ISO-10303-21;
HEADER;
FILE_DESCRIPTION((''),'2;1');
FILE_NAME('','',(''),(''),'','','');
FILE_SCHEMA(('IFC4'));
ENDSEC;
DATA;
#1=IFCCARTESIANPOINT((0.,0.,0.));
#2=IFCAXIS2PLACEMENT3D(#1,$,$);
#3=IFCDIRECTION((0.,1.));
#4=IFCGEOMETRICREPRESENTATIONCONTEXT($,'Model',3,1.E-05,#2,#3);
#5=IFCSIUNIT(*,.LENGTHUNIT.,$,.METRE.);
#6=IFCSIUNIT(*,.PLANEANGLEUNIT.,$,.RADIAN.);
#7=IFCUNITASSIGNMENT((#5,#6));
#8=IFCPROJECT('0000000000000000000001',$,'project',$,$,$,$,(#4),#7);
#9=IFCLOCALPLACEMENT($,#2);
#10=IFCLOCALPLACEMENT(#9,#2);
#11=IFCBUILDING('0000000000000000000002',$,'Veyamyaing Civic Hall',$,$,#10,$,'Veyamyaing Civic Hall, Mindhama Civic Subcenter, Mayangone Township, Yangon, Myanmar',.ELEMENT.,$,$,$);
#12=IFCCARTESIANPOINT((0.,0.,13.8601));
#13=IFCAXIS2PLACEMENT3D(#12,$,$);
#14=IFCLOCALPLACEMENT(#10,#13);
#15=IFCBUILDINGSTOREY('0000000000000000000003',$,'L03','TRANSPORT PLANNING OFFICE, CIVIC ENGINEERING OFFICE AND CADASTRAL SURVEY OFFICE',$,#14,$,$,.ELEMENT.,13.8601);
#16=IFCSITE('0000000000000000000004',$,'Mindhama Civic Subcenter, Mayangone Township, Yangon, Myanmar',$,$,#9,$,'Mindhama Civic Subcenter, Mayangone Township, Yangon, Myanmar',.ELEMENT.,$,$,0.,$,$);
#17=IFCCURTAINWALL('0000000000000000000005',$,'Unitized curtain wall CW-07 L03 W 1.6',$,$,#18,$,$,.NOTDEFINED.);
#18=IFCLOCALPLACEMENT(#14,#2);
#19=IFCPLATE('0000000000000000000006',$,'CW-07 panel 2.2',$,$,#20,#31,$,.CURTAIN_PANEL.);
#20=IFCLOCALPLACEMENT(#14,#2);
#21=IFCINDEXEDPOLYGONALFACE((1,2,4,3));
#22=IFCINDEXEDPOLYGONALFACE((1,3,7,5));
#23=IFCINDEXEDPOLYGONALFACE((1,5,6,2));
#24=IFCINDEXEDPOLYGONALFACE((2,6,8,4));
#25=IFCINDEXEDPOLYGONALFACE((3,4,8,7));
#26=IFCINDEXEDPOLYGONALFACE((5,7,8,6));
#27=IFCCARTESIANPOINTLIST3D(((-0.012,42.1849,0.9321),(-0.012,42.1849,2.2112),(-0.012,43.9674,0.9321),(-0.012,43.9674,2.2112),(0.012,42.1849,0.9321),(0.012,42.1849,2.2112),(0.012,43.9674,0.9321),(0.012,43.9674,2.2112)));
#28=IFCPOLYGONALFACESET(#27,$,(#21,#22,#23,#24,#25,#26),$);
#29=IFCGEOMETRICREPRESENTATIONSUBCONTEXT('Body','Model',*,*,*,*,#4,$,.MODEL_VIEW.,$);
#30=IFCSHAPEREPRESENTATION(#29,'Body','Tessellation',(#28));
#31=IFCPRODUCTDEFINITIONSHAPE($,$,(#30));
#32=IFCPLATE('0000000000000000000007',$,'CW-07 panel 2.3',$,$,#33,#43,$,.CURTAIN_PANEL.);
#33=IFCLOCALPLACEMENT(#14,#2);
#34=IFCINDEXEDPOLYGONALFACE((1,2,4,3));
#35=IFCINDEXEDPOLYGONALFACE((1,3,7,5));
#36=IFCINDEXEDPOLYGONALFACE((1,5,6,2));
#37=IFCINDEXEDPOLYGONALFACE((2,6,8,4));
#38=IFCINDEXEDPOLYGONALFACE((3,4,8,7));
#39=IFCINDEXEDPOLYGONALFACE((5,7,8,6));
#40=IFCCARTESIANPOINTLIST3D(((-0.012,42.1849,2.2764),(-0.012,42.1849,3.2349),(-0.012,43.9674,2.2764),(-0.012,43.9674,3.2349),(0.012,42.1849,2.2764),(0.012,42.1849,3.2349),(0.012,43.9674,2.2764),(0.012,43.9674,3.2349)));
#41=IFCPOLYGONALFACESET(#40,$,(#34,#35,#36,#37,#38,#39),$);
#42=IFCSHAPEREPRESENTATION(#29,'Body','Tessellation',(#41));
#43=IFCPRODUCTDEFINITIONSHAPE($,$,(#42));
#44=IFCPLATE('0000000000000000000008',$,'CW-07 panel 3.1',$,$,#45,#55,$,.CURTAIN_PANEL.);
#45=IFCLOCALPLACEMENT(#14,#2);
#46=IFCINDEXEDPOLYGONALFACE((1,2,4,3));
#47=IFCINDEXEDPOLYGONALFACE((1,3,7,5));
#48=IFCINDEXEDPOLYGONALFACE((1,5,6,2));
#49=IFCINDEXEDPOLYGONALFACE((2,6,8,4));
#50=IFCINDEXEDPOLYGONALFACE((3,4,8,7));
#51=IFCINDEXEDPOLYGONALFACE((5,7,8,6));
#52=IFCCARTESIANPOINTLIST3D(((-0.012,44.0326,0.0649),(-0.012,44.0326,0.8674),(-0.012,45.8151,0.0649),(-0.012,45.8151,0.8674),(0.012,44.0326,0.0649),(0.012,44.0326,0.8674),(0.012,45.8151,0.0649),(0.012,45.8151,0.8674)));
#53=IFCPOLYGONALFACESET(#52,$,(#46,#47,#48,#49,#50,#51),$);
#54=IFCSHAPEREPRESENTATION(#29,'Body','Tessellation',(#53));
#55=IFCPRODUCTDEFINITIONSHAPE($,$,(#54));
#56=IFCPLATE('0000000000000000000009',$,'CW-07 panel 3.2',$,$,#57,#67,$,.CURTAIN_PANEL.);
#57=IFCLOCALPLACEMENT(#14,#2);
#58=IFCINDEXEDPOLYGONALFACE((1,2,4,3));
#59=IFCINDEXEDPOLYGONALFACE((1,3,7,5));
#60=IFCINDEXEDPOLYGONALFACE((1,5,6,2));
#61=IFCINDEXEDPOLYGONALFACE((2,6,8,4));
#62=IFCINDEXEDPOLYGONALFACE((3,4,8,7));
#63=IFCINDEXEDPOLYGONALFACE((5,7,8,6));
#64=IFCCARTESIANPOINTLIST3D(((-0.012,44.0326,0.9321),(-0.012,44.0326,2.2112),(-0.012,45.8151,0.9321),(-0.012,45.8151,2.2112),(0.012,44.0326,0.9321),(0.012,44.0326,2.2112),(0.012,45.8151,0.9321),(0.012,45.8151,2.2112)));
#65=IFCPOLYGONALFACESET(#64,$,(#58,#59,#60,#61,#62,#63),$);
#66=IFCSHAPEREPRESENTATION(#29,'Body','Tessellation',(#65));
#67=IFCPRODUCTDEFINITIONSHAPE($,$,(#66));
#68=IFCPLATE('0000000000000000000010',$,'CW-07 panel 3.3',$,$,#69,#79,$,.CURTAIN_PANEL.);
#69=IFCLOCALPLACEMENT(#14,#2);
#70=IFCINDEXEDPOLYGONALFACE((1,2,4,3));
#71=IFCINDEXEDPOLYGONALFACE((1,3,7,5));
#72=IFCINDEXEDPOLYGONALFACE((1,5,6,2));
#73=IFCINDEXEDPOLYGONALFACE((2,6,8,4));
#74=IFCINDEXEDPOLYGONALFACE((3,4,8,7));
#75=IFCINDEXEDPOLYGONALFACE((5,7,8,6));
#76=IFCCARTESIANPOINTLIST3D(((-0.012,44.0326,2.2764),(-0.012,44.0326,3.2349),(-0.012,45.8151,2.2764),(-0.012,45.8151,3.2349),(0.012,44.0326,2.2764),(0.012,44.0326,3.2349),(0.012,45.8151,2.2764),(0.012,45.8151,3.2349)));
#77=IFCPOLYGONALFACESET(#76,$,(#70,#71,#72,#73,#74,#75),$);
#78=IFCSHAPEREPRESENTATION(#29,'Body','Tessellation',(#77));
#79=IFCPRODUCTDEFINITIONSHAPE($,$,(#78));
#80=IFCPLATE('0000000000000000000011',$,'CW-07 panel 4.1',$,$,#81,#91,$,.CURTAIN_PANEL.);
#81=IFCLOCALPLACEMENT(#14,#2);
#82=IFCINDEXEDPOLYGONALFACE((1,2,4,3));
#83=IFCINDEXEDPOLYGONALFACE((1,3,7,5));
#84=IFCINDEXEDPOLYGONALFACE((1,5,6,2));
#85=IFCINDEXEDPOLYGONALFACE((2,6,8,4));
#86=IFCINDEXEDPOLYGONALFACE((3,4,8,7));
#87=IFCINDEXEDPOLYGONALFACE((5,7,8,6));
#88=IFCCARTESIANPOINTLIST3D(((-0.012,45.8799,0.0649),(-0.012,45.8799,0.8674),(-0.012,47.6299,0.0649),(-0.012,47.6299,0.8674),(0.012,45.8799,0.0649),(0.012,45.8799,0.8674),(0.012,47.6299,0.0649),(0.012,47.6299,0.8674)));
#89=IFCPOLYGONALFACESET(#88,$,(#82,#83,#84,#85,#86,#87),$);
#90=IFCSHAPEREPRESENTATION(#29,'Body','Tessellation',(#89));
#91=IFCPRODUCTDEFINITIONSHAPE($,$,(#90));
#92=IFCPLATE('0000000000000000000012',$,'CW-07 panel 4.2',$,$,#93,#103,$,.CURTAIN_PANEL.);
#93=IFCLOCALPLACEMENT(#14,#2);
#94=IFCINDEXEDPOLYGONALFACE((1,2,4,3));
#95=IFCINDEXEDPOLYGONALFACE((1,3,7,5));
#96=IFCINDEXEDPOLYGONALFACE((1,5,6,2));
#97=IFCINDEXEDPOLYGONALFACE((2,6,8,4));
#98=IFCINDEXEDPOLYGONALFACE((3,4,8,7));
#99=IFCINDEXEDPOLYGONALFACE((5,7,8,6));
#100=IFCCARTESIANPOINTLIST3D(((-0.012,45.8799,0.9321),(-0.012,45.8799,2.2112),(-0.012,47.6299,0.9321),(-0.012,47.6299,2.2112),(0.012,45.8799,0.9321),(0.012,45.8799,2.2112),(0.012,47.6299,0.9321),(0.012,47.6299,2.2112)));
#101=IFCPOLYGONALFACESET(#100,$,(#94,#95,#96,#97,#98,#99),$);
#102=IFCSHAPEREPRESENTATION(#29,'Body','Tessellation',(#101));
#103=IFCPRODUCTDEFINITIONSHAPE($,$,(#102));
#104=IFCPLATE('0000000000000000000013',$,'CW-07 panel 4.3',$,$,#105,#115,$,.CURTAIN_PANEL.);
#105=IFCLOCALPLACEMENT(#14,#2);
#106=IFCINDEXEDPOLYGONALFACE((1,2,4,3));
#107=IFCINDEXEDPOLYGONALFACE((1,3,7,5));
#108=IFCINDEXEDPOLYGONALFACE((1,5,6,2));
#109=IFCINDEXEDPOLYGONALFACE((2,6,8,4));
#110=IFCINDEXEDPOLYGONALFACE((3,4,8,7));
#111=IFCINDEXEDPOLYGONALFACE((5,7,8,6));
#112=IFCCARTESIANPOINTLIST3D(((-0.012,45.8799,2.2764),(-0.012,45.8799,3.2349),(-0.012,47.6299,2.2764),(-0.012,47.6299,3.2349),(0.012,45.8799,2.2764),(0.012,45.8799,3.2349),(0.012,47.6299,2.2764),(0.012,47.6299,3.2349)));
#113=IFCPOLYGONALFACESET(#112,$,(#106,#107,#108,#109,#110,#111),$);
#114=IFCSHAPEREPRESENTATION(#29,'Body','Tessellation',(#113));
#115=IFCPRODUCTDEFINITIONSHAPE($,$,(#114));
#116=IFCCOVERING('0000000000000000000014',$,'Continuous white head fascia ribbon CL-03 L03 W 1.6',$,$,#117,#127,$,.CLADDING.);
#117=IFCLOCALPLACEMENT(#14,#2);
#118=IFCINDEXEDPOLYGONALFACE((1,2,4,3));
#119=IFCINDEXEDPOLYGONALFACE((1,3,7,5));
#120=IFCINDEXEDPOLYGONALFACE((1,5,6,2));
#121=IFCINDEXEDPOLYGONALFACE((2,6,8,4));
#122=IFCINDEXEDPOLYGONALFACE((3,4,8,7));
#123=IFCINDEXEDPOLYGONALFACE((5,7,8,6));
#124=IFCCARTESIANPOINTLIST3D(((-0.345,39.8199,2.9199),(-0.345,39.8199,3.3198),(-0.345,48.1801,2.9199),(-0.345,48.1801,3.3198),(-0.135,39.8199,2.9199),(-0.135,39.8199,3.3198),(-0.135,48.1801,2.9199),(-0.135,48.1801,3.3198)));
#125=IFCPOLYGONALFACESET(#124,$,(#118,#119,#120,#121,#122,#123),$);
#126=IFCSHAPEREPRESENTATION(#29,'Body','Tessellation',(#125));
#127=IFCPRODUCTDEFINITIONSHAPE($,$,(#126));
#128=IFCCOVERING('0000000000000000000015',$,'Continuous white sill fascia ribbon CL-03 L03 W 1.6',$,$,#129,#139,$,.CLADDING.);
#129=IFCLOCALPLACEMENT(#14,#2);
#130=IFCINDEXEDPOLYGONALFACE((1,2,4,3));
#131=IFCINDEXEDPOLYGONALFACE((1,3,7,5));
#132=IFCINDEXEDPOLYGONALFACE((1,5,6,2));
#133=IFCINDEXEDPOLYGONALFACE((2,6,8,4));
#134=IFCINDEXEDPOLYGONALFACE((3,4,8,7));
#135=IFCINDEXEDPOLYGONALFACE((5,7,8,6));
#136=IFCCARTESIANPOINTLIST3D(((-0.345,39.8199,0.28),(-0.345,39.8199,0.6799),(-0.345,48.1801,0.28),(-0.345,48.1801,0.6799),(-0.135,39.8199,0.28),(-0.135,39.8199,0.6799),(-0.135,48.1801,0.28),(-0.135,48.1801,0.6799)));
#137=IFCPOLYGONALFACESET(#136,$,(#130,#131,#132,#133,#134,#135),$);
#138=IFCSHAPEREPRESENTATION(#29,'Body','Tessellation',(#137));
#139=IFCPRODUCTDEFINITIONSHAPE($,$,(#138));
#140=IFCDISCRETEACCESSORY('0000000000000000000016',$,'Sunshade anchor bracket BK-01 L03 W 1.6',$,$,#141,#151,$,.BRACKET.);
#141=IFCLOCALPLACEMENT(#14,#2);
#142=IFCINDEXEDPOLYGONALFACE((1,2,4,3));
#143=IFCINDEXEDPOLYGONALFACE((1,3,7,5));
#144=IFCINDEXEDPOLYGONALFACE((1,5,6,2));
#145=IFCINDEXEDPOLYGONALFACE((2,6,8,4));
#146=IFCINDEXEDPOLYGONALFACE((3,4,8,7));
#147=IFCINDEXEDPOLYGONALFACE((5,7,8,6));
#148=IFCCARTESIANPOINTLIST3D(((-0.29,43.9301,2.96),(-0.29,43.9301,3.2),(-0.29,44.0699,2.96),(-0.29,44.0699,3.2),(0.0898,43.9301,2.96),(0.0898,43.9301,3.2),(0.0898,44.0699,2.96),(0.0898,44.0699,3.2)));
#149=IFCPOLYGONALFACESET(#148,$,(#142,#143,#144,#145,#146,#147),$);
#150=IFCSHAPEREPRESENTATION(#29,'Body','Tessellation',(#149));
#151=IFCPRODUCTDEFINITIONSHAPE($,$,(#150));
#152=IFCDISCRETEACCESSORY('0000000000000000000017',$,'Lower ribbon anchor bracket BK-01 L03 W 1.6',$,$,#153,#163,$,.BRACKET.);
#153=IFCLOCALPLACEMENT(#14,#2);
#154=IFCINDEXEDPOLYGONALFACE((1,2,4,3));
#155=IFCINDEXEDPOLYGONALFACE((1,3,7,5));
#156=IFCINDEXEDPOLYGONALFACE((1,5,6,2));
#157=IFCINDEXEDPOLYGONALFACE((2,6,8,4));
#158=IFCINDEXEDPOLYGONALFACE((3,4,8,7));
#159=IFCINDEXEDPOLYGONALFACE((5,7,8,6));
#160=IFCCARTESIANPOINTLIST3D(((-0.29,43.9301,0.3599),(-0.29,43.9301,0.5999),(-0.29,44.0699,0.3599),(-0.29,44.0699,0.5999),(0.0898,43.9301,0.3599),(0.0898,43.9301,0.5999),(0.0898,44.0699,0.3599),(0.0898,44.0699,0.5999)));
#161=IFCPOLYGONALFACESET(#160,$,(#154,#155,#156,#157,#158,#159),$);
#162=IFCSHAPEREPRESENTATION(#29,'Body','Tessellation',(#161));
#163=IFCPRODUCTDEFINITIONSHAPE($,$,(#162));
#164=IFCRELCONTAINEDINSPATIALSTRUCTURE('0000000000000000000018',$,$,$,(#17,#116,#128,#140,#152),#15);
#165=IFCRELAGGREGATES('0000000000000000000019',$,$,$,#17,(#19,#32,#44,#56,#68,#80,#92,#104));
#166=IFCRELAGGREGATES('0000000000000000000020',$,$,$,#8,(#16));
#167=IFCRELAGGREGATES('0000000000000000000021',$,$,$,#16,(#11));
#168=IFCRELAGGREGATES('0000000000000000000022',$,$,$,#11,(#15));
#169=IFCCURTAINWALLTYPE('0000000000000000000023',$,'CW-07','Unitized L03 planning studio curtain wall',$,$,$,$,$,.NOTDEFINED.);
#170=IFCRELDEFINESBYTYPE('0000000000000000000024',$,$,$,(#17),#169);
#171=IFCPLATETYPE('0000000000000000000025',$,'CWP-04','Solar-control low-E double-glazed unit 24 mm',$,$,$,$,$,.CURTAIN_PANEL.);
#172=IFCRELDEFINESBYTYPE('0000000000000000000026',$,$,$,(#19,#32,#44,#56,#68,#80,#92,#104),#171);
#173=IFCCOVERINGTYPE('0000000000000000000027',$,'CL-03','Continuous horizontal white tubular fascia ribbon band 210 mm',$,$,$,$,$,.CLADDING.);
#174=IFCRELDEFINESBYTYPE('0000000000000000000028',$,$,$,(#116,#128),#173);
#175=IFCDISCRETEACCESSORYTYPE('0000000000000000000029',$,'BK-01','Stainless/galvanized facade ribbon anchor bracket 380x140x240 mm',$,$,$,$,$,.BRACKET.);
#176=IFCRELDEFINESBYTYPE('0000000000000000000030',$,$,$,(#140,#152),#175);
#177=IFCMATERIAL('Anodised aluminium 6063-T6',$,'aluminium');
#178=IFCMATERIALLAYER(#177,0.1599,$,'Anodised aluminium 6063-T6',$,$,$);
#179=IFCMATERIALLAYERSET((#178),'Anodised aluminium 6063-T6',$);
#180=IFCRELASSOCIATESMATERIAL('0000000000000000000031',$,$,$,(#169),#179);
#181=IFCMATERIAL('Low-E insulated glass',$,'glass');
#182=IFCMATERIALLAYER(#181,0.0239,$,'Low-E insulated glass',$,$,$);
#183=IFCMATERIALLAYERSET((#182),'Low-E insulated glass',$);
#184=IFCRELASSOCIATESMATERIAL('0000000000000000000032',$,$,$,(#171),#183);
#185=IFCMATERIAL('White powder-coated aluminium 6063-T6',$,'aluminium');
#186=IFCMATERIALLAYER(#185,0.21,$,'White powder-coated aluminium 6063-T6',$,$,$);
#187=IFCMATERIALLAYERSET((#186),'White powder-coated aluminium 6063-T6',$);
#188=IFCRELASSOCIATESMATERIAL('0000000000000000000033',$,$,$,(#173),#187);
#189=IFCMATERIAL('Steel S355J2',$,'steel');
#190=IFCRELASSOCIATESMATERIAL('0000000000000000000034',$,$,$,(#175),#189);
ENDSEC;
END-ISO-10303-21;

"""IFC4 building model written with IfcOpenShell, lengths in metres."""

from ifc_helpers import new_model, si_unit, direction, frame, origin, origin_2d, place, context, subcontext, project, spatial, rectangle, extrude, material, layer, layer_set, type_object, element, aggregate, save


model = new_model("IFC4")

# Units and contexts
model_context = context("Model", 3, precision=1e-05, world=origin(), true_north=direction((0.0, 1.0)))
body_context = subcontext(model_context, "Body", "Model", "MODEL_VIEW")
ifc_project = project(units=[si_unit("LENGTHUNIT", "METRE"), si_unit("PLANEANGLEUNIT", "RADIAN")], contexts=[model_context])

# Site, building, storey
site_placement = place(None, origin())
site = spatial("IfcSite", under=ifc_project, at=site_placement, Name="Mindhama Civic Subcenter, Mayangone Township, Yangon, Myanmar", LongName="Mindhama Civic Subcenter, Mayangone Township, Yangon, Myanmar", CompositionType="ELEMENT", RefElevation=0.0)
building_placement = place(site_placement, origin())
building = spatial("IfcBuilding", under=site, at=building_placement, Name="Veyamyaing Civic Hall", LongName="Veyamyaing Civic Hall, Mindhama Civic Subcenter, Mayangone Township, Yangon, Myanmar", CompositionType="ELEMENT")
storey_placement = place(building_placement, frame((0.0, 0.0, 13.8601)))
storey = spatial("IfcBuildingStorey", under=building, at=storey_placement, Name="L03", Description="TRANSPORT PLANNING OFFICE, CIVIC ENGINEERING OFFICE AND CADASTRAL SURVEY OFFICE", CompositionType="ELEMENT", Elevation=13.8601)

# Curtain wall
ifc_material_1 = material(Name="Anodised aluminium 6063-T6", Category="aluminium")
ifc_layer_1 = layer(ifc_material_1, 0.1599, Name="Anodised aluminium 6063-T6")
ifc_layer_set_1 = layer_set([ifc_layer_1], Name="Anodised aluminium 6063-T6")
curtain_wall_type = type_object("IfcCurtainWallType", Name="CW-07", Description="Unitized L03 planning studio curtain wall", PredefinedType="NOTDEFINED", material=ifc_layer_set_1)
curtain_wall_placement = place(storey_placement, origin())
curtain_wall = element("IfcCurtainWall", 1, at=curtain_wall_placement, inside=storey, type_object=curtain_wall_type, Name="Unitized curtain wall CW-07 L03 W 1.6", PredefinedType="NOTDEFINED")

# Plates
ifc_material_2 = material(Name="Low-E insulated glass", Category="glass")
ifc_layer_2 = layer(ifc_material_2, 0.0239, Name="Low-E insulated glass")
ifc_layer_set_2 = layer_set([ifc_layer_2], Name="Low-E insulated glass")
plate_type = type_object("IfcPlateType", Name="CWP-04", Description="Solar-control low-E double-glazed unit 24 mm", PredefinedType="CURTAIN_PANEL", material=ifc_layer_set_2)
plate_1_placement = place(storey_placement, frame((0.0, 43.0762, 0.9321), z_axis=(0.0, 0.0, 1.0), x_axis=(0.0, 1.0, 0.0)))
plate_1 = element("IfcPlate", 2, at=plate_1_placement, type_object=plate_type, Name="CW-07 panel 2.2", PredefinedType="CURTAIN_PANEL", context=body_context, shape_type="SweptSolid", body=[
    extrude(rectangle(XDim=1.7825, YDim=0.0239, at=origin_2d()), origin(), (0.0, 0.0, 1.0), 1.2791),
])
plate_2_placement = place(storey_placement, frame((0.0, 43.0762, 2.2764), z_axis=(0.0, 0.0, 1.0), x_axis=(0.0, 1.0, 0.0)))
plate_2 = element("IfcPlate", 3, at=plate_2_placement, type_object=plate_type, Name="CW-07 panel 2.3", PredefinedType="CURTAIN_PANEL", context=body_context, shape_type="SweptSolid", body=[
    extrude(rectangle(XDim=1.7825, YDim=0.0239, at=origin_2d()), origin(), (0.0, 0.0, 1.0), 0.9585),
])
plate_3_placement = place(storey_placement, frame((0.0, 44.9238, 0.0649), z_axis=(0.0, 0.0, 1.0), x_axis=(0.0, 1.0, 0.0)))
plate_3 = element("IfcPlate", 4, at=plate_3_placement, type_object=plate_type, Name="CW-07 panel 3.1", PredefinedType="CURTAIN_PANEL", context=body_context, shape_type="SweptSolid", body=[
    extrude(rectangle(XDim=1.7825, YDim=0.0239, at=origin_2d()), origin(), (0.0, 0.0, 1.0), 0.8025),
])
plate_4_placement = place(storey_placement, frame((0.0, 44.9238, 0.9321), z_axis=(0.0, 0.0, 1.0), x_axis=(0.0, 1.0, 0.0)))
plate_4 = element("IfcPlate", 5, at=plate_4_placement, type_object=plate_type, Name="CW-07 panel 3.2", PredefinedType="CURTAIN_PANEL", context=body_context, shape_type="SweptSolid", body=[
    extrude(rectangle(XDim=1.7825, YDim=0.0239, at=origin_2d()), origin(), (0.0, 0.0, 1.0), 1.2791),
])
plate_5_placement = place(storey_placement, frame((0.0, 44.9238, 2.2764), z_axis=(0.0, 0.0, 1.0), x_axis=(0.0, 1.0, 0.0)))
plate_5 = element("IfcPlate", 6, at=plate_5_placement, type_object=plate_type, Name="CW-07 panel 3.3", PredefinedType="CURTAIN_PANEL", context=body_context, shape_type="SweptSolid", body=[
    extrude(rectangle(XDim=1.7825, YDim=0.0239, at=origin_2d()), origin(), (0.0, 0.0, 1.0), 0.9585),
])
plate_6_placement = place(storey_placement, frame((0.0, 46.7549, 0.0649), z_axis=(0.0, 0.0, 1.0), x_axis=(0.0, 1.0, 0.0)))
plate_6 = element("IfcPlate", 7, at=plate_6_placement, type_object=plate_type, Name="CW-07 panel 4.1", PredefinedType="CURTAIN_PANEL", context=body_context, shape_type="SweptSolid", body=[
    extrude(rectangle(XDim=1.75, YDim=0.0239, at=origin_2d()), origin(), (0.0, 0.0, 1.0), 0.8025),
])
plate_7_placement = place(storey_placement, frame((0.0, 46.7549, 0.9321), z_axis=(0.0, 0.0, 1.0), x_axis=(0.0, 1.0, 0.0)))
plate_7 = element("IfcPlate", 8, at=plate_7_placement, type_object=plate_type, Name="CW-07 panel 4.2", PredefinedType="CURTAIN_PANEL", context=body_context, shape_type="SweptSolid", body=[
    extrude(rectangle(XDim=1.75, YDim=0.0239, at=origin_2d()), origin(), (0.0, 0.0, 1.0), 1.2791),
])
plate_8_placement = place(storey_placement, frame((0.0, 46.7549, 2.2764), z_axis=(0.0, 0.0, 1.0), x_axis=(0.0, 1.0, 0.0)))
plate_8 = element("IfcPlate", 9, at=plate_8_placement, type_object=plate_type, Name="CW-07 panel 4.3", PredefinedType="CURTAIN_PANEL", context=body_context, shape_type="SweptSolid", body=[
    extrude(rectangle(XDim=1.75, YDim=0.0239, at=origin_2d()), origin(), (0.0, 0.0, 1.0), 0.9585),
])
aggregate(curtain_wall, [plate_1, plate_2, plate_3, plate_4, plate_5, plate_6, plate_7, plate_8])

# Coverings
ifc_material_3 = material(Name="White powder-coated aluminium 6063-T6", Category="aluminium")
ifc_layer_3 = layer(ifc_material_3, 0.21, Name="White powder-coated aluminium 6063-T6")
ifc_layer_set_3 = layer_set([ifc_layer_3], Name="White powder-coated aluminium 6063-T6")
covering_type = type_object("IfcCoveringType", Name="CL-03", Description="Continuous horizontal white tubular fascia ribbon band 210 mm", PredefinedType="CLADDING", material=ifc_layer_set_3)
for number, where, z_axis, x_axis, name in (
    (10, (-0.24, 44.0, 2.9199), (0.0, 0.0, 1.0), (0.0, 1.0, 0.0), "Continuous white head fascia ribbon CL-03 L03 W 1.6"),
    (11, (-0.24, 44.0, 0.28), (0.0, 0.0, 1.0), (0.0, 1.0, 0.0), "Continuous white sill fascia ribbon CL-03 L03 W 1.6"),
):
    element("IfcCovering", number, at=place(storey_placement, frame(where, z_axis=z_axis, x_axis=x_axis)), inside=storey, type_object=covering_type, Name=name, PredefinedType="CLADDING", context=body_context, shape_type="SweptSolid", body=[
        extrude(rectangle(XDim=8.3601, YDim=0.21, at=origin_2d()), origin(), (0.0, 0.0, 1.0), 0.3999),
    ])

# Discrete accessories
ifc_material_4 = material(Name="Steel S355J2", Category="steel")
discrete_accessory_type = type_object("IfcDiscreteAccessoryType", Name="BK-01", Description="Stainless/galvanized facade ribbon anchor bracket 380x140x240 mm", PredefinedType="BRACKET", material=ifc_material_4)
for number, where, z_axis, x_axis, name in (
    (12, (-0.1001, 44.0, 2.96), (0.0, 0.0, 1.0), (-1.0, 0.0, 0.0), "Sunshade anchor bracket BK-01 L03 W 1.6"),
    (13, (-0.1001, 44.0, 0.3599), (0.0, 0.0, 1.0), (-1.0, 0.0, 0.0), "Lower ribbon anchor bracket BK-01 L03 W 1.6"),
):
    element("IfcDiscreteAccessory", number, at=place(storey_placement, frame(where, z_axis=z_axis, x_axis=x_axis)), inside=storey, type_object=discrete_accessory_type, Name=name, PredefinedType="BRACKET", context=body_context, shape_type="SweptSolid", body=[
        extrude(rectangle(XDim=0.3799, YDim=0.1399, at=origin_2d()), origin(), (0.0, 0.0, 1.0), 0.24),
    ])

save(model, "model.ifc")
